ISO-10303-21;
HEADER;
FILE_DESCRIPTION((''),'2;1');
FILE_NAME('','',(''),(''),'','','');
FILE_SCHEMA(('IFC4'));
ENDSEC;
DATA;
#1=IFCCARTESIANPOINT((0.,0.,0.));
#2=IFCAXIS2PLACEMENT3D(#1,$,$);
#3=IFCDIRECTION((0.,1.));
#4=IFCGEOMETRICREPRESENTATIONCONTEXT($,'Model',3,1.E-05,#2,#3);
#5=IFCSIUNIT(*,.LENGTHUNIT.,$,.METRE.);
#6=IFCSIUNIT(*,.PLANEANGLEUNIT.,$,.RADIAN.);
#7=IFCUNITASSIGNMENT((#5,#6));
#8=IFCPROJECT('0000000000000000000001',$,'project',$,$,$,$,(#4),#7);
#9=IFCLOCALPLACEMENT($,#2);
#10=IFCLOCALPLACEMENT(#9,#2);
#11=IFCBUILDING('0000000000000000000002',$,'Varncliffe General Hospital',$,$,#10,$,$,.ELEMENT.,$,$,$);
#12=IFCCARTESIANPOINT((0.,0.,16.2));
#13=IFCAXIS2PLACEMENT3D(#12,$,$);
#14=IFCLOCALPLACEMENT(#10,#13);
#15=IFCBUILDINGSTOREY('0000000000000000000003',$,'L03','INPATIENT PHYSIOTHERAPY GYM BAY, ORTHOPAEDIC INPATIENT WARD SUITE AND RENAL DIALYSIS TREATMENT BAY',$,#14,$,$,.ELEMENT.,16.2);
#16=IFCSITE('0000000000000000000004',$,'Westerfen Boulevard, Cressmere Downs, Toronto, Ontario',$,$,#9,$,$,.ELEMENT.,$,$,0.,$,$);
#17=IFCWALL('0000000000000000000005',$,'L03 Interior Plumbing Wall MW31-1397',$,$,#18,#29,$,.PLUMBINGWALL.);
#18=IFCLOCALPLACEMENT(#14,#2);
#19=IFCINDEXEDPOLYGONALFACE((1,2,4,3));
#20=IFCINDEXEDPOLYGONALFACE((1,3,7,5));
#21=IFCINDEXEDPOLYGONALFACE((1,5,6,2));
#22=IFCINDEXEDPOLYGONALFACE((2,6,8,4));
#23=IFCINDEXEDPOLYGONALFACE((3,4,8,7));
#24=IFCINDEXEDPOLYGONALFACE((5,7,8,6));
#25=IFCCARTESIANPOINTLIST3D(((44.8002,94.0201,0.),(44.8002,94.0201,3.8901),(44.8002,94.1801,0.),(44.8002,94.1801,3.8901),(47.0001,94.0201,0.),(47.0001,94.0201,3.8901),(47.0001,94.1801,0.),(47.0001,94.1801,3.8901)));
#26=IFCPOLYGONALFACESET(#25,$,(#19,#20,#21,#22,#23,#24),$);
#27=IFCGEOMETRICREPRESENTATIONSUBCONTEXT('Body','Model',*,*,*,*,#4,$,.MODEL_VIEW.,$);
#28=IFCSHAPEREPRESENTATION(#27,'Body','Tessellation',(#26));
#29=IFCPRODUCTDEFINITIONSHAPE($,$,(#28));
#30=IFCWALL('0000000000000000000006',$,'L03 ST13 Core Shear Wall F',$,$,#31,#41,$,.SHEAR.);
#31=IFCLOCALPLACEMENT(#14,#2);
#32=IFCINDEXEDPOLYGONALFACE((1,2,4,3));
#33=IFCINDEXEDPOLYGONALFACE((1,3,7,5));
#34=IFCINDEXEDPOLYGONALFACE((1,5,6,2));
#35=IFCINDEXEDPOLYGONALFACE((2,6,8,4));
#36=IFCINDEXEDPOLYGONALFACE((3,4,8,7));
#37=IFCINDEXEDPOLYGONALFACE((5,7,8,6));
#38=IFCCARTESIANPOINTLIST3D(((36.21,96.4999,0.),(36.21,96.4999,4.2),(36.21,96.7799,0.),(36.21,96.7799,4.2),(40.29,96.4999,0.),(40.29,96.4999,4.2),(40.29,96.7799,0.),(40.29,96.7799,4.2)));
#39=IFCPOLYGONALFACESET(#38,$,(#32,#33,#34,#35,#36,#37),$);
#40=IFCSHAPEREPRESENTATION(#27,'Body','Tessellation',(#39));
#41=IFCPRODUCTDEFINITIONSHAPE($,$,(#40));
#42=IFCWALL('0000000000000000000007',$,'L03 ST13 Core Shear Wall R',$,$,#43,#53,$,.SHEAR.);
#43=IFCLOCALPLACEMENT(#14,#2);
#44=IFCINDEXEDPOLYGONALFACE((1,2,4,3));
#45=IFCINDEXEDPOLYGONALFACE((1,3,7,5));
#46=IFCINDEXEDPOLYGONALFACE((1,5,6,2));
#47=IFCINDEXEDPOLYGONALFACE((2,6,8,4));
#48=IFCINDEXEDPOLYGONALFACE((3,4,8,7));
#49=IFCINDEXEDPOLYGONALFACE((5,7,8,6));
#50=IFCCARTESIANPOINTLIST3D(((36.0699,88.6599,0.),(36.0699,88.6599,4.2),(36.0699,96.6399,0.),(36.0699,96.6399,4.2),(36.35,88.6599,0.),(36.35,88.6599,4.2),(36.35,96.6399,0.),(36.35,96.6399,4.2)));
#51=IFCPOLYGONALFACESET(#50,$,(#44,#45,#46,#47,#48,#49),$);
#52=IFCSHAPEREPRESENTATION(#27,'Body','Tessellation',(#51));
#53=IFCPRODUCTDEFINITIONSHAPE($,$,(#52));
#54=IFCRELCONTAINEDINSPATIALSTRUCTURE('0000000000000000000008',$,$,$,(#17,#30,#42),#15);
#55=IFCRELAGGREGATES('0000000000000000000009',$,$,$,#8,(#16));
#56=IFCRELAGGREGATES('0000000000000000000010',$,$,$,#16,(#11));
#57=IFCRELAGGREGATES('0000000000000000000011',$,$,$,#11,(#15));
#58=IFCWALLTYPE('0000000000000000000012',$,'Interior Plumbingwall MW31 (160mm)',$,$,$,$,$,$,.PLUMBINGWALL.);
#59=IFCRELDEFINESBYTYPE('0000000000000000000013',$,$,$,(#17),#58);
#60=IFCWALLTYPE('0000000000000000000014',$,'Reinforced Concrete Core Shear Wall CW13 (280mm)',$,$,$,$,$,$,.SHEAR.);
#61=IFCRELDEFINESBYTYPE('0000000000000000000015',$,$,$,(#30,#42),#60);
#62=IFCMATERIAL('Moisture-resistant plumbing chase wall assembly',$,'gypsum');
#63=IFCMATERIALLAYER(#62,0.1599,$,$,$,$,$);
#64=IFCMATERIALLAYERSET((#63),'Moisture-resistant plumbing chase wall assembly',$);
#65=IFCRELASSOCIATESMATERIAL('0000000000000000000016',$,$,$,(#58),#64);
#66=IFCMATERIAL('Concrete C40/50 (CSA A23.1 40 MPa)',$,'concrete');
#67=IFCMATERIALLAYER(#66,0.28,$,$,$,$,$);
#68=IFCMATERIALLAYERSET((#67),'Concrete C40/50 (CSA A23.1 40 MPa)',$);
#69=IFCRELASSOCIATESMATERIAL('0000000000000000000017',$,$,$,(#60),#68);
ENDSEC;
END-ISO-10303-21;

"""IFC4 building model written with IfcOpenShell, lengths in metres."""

from ifc_helpers import new_model, si_unit, direction, frame, frame_2d, origin, place, context, subcontext, project, spatial, rectangle, extrude, material, layer, layer_set, type_object, element, save


model = new_model("IFC4")

# Units and contexts
model_context = context("Model", 3, precision=1e-05, world=origin(), true_north=direction((0.0, 1.0)))
body_context = subcontext(model_context, "Body", "Model", "MODEL_VIEW")
ifc_project = project(units=[si_unit("LENGTHUNIT", "METRE"), si_unit("PLANEANGLEUNIT", "RADIAN")], contexts=[model_context])

# Site, building, storey
site_placement = place(None, origin())
site = spatial("IfcSite", under=ifc_project, at=site_placement, Name="Westerfen Boulevard, Cressmere Downs, Toronto, Ontario", CompositionType="ELEMENT", RefElevation=0.0)
building_placement = place(site_placement, origin())
building = spatial("IfcBuilding", under=site, at=building_placement, Name="Varncliffe General Hospital", CompositionType="ELEMENT")
storey_placement = place(building_placement, frame((0.0, 0.0, 16.2)))
storey = spatial("IfcBuildingStorey", under=building, at=storey_placement, Name="L03", Description="INPATIENT PHYSIOTHERAPY GYM BAY, ORTHOPAEDIC INPATIENT WARD SUITE AND RENAL DIALYSIS TREATMENT BAY", CompositionType="ELEMENT", Elevation=16.2)

# Shared definitions
ifc_material_1 = material(Name="Concrete C40/50 (CSA A23.1 40 MPa)", Category="concrete")

# Walls
ifc_material_2 = material(Name="Moisture-resistant plumbing chase wall assembly", Category="gypsum")
ifc_layer_1 = layer(ifc_material_2, 0.1599)
ifc_layer_set_1 = layer_set([ifc_layer_1], Name="Moisture-resistant plumbing chase wall assembly")
wall_type_1 = type_object("IfcWallType", Name="Interior Plumbingwall MW31 (160mm)", PredefinedType="PLUMBINGWALL", material=ifc_layer_set_1)
wall_1_placement = place(storey_placement, frame((44.8, 94.1001, 0.0), z_axis=(0.0, 0.0, 1.0), x_axis=(1.0, 0.0, 0.0)))
element("IfcWall", 1, at=wall_1_placement, inside=storey, type_object=wall_type_1, Name="L03 Interior Plumbing Wall MW31-1397", PredefinedType="PLUMBINGWALL", context=body_context, shape_type="SweptSolid", body=[
    extrude(rectangle(XDim=2.2, YDim=0.1599, at=frame_2d((1.1001, 0.0))), origin(), (0.0, 0.0, 1.0), 3.8901),
])
ifc_layer_2 = layer(ifc_material_1, 0.28)
ifc_layer_set_2 = layer_set([ifc_layer_2], Name="Concrete C40/50 (CSA A23.1 40 MPa)")
wall_type_2 = type_object("IfcWallType", Name="Reinforced Concrete Core Shear Wall CW13 (280mm)", PredefinedType="SHEAR", material=ifc_layer_set_2)
wall_2_placement = place(storey_placement, frame((40.29, 96.6399, 0.0), z_axis=(0.0, 0.0, 1.0), x_axis=(-1.0, 0.0, 0.0)))
element("IfcWall", 2, at=wall_2_placement, inside=storey, type_object=wall_type_2, Name="L03 ST13 Core Shear Wall F", PredefinedType="SHEAR", context=body_context, shape_type="SweptSolid", body=[
    extrude(rectangle(XDim=4.0801, YDim=0.28, at=frame_2d((2.04, 0.0))), origin(), (0.0, 0.0, 1.0), 4.2),
])
wall_3_placement = place(storey_placement, frame((36.21, 96.6399, 0.0), z_axis=(0.0, 0.0, 1.0), x_axis=(0.0, -1.0, 0.0)))
element("IfcWall", 3, at=wall_3_placement, inside=storey, type_object=wall_type_2, Name="L03 ST13 Core Shear Wall R", PredefinedType="SHEAR", context=body_context, shape_type="SweptSolid", body=[
    extrude(rectangle(XDim=7.98, YDim=0.28, at=frame_2d((3.99, 0.0))), origin(), (0.0, 0.0, 1.0), 4.2),
])

save(model, "model.ifc")
